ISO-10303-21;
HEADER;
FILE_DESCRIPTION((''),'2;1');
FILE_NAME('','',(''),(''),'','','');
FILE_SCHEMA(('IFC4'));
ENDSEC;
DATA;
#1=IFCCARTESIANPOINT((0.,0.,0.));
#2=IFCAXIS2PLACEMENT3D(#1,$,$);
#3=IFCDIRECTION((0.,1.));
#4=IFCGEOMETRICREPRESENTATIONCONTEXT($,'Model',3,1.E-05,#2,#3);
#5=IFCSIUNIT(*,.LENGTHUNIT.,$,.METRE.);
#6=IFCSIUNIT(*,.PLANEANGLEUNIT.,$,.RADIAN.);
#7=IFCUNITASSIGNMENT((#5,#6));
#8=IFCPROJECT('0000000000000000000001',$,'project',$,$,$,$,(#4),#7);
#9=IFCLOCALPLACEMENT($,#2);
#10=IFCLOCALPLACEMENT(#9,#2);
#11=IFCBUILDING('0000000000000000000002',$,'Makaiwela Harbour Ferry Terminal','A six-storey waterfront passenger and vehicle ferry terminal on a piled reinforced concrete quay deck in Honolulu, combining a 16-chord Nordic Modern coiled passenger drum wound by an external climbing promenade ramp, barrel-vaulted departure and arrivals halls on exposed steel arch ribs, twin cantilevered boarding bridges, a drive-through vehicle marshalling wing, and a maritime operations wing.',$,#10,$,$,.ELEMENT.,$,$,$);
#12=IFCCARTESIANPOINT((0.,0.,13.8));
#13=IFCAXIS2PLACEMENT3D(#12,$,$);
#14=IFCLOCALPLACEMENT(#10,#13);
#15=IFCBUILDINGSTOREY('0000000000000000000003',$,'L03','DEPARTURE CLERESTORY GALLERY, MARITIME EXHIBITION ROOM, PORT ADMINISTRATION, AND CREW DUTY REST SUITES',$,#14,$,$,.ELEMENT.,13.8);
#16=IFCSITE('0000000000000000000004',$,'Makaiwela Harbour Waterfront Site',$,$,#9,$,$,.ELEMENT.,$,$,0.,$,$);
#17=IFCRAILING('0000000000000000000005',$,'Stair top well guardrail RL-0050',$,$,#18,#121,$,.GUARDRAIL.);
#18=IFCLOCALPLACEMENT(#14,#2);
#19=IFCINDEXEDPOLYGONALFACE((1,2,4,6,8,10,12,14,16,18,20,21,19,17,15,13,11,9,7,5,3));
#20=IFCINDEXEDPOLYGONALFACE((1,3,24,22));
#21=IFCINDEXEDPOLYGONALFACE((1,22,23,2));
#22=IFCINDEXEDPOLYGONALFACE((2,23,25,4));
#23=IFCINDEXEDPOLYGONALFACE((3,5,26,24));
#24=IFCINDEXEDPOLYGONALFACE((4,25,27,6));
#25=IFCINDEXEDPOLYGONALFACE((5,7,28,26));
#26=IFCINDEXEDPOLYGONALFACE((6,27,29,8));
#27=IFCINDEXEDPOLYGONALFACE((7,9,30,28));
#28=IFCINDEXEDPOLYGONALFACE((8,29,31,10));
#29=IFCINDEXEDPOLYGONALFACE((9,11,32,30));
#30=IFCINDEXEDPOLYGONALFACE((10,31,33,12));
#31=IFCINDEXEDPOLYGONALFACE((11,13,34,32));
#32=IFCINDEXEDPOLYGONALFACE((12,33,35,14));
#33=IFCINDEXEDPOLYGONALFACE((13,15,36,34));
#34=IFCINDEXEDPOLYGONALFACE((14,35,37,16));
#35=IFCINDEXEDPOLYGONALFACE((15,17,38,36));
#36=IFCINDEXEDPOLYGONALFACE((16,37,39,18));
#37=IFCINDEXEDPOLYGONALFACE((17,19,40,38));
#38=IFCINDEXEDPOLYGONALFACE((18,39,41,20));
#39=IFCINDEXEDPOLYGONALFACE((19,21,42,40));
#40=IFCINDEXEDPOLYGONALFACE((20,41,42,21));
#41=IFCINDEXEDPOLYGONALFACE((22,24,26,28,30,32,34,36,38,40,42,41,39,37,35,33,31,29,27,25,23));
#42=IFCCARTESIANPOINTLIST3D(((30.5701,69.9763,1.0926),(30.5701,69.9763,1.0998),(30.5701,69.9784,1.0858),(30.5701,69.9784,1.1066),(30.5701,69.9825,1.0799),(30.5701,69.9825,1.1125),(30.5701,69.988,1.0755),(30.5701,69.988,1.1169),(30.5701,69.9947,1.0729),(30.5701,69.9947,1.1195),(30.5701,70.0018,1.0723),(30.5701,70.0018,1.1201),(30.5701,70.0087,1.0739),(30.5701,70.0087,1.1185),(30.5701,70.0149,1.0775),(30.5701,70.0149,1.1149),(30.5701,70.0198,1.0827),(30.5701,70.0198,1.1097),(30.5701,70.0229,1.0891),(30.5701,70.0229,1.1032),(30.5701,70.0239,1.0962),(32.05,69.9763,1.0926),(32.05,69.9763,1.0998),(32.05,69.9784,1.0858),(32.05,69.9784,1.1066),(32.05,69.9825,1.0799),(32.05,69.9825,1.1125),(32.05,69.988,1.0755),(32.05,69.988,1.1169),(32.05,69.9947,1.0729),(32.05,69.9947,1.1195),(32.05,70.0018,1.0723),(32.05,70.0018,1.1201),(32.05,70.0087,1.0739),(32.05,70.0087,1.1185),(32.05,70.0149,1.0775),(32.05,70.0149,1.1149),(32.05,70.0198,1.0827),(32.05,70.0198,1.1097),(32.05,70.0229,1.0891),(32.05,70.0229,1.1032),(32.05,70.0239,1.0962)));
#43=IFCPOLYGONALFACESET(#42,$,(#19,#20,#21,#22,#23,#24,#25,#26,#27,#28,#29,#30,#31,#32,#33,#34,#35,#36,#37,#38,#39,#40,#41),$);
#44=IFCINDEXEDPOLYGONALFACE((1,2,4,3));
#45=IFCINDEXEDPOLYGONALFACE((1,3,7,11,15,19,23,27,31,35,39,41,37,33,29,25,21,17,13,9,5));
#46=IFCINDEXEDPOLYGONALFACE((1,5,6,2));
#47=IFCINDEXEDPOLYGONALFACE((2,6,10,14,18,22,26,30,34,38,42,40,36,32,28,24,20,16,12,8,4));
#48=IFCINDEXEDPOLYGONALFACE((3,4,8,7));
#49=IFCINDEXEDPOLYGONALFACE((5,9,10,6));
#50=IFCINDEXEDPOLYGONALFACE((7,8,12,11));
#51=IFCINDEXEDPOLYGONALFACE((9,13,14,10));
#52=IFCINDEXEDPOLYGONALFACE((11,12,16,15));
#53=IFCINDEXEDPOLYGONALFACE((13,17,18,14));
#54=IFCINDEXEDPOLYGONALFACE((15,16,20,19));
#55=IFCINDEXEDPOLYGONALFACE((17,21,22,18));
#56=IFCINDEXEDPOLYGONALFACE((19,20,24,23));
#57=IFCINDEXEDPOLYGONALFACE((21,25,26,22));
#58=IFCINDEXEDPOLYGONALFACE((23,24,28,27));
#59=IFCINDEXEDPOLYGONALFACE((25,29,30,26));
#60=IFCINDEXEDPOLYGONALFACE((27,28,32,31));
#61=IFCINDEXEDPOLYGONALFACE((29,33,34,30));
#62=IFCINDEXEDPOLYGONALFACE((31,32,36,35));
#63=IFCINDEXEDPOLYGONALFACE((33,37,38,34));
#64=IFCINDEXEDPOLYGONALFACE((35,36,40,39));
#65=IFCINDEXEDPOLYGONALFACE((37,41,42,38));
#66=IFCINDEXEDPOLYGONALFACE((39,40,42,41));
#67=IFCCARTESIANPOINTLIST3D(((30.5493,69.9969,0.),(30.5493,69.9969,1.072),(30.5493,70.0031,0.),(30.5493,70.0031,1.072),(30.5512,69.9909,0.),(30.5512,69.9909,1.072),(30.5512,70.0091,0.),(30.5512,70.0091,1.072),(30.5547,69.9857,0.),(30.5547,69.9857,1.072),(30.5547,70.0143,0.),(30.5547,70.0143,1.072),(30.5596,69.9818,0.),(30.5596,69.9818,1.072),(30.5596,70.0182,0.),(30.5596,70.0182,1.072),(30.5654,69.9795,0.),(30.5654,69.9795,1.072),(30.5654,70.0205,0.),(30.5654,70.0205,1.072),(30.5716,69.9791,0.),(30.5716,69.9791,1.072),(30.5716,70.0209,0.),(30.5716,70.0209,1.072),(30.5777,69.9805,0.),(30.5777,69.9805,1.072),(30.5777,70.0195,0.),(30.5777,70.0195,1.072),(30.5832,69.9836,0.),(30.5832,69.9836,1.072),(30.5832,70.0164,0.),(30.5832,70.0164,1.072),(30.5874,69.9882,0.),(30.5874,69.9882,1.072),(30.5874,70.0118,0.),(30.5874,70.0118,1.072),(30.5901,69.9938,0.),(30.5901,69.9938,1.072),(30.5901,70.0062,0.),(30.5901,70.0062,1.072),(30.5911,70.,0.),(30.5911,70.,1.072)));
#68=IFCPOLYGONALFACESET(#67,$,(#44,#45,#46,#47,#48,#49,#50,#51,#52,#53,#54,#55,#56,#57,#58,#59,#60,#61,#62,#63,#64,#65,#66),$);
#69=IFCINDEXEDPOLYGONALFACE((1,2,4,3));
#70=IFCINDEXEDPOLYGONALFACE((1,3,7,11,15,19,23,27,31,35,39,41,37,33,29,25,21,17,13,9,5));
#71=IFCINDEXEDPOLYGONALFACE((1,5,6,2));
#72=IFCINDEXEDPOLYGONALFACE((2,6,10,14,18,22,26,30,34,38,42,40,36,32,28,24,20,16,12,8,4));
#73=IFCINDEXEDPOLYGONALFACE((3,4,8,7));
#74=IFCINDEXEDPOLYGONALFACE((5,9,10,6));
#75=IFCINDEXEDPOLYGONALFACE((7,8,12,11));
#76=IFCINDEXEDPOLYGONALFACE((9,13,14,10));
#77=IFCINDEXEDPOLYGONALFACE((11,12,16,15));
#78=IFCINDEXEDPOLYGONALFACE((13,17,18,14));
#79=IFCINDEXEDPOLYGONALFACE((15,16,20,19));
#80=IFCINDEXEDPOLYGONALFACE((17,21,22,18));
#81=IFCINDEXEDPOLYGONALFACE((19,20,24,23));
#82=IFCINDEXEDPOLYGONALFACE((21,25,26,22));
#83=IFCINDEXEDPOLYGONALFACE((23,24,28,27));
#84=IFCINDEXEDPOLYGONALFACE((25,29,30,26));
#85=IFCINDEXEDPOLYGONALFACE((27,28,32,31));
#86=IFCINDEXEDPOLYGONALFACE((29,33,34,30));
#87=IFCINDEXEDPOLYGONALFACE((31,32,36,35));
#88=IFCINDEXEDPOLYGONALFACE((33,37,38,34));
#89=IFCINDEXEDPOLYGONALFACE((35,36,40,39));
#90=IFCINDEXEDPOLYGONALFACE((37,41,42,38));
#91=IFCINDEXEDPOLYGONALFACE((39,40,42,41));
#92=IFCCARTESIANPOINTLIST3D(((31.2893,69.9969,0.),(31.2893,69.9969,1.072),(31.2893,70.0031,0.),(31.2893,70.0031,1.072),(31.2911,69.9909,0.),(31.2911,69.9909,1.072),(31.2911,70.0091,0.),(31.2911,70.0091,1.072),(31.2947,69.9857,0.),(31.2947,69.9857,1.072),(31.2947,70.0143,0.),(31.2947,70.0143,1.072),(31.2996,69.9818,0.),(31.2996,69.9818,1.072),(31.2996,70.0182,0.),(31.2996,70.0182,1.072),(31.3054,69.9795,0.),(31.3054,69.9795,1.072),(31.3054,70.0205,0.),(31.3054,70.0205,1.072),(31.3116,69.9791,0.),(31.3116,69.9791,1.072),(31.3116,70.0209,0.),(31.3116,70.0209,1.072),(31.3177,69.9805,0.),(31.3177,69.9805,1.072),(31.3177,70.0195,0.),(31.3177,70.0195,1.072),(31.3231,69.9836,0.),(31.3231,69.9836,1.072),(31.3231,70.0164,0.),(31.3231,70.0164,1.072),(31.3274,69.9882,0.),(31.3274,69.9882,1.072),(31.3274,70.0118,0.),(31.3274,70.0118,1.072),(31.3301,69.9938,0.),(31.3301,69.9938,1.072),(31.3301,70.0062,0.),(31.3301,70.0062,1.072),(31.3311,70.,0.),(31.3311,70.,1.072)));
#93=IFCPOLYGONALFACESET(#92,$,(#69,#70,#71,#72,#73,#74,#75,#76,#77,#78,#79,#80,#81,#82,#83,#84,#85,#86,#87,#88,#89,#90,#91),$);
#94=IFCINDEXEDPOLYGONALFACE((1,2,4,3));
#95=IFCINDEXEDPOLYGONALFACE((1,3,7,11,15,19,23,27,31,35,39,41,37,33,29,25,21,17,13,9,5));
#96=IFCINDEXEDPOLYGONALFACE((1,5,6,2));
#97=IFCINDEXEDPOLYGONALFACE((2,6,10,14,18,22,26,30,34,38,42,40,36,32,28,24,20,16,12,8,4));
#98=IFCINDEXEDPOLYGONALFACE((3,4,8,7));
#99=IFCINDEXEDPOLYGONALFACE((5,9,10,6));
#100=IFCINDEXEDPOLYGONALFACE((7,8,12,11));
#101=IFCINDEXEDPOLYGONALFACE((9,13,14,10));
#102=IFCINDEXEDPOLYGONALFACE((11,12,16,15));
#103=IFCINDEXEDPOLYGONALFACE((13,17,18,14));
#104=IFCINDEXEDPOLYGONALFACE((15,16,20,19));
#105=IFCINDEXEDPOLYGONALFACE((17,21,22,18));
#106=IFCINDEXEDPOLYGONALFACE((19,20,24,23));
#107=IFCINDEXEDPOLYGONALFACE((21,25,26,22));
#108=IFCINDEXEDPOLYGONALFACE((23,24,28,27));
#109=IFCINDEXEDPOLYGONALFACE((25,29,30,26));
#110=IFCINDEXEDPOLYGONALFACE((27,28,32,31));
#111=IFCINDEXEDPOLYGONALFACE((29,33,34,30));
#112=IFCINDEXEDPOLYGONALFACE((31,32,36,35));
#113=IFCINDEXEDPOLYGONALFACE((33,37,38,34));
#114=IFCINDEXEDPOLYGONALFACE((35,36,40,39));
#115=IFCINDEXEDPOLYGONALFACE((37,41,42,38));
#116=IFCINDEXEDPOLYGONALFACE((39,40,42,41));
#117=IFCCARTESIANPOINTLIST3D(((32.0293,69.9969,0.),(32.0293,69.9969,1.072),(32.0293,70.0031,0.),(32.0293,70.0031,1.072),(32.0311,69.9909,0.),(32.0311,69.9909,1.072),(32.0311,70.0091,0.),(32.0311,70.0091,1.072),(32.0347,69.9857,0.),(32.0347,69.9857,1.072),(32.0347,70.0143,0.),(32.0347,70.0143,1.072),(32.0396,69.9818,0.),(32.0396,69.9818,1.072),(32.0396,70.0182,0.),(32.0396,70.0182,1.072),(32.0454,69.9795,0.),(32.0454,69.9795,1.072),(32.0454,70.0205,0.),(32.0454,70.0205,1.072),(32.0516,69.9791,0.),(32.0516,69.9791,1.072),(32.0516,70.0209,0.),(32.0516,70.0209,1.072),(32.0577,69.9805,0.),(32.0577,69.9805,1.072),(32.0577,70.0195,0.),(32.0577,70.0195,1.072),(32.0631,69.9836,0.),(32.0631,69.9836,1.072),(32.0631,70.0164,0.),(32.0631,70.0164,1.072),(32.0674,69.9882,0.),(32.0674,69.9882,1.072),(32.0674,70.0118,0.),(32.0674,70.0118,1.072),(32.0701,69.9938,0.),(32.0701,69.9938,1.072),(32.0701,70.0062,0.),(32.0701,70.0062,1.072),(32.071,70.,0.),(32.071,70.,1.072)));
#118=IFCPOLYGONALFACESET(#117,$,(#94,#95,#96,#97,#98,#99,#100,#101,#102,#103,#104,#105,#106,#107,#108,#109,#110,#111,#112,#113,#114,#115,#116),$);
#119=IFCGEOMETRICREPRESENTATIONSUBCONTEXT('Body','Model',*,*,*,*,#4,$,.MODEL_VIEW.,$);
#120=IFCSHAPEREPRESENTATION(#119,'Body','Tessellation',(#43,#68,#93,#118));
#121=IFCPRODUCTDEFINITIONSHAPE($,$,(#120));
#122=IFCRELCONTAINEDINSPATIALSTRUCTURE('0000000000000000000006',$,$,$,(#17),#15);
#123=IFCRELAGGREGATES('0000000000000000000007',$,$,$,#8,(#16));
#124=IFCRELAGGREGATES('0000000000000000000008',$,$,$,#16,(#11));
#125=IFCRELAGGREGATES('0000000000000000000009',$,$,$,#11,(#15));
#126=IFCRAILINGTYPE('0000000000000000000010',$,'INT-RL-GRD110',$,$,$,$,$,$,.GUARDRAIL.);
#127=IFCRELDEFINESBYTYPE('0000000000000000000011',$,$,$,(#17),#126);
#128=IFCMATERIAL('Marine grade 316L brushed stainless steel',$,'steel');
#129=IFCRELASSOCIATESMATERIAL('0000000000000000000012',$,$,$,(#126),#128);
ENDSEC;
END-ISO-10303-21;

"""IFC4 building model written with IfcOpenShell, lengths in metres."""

from ifc_helpers import new_model, si_unit, direction, frame, origin, origin_2d, place, context, subcontext, project, spatial, circle, extrude, material, type_object, element, save


model = new_model("IFC4")

# Units and contexts
model_context = context("Model", 3, precision=1e-05, world=origin(), true_north=direction((0.0, 1.0)))
body_context = subcontext(model_context, "Body", "Model", "MODEL_VIEW")
ifc_project = project(units=[si_unit("LENGTHUNIT", "METRE"), si_unit("PLANEANGLEUNIT", "RADIAN")], contexts=[model_context])

# Site, building, storey
site_placement = place(None, origin())
site = spatial("IfcSite", under=ifc_project, at=site_placement, Name="Makaiwela Harbour Waterfront Site", CompositionType="ELEMENT", RefElevation=0.0)
building_placement = place(site_placement, origin())
building = spatial("IfcBuilding", under=site, at=building_placement, Name="Makaiwela Harbour Ferry Terminal", Description="A six-storey waterfront passenger and vehicle ferry terminal on a piled reinforced concrete quay deck in Honolulu, combining a 16-chord Nordic Modern coiled passenger drum wound by an external climbing promenade ramp, barrel-vaulted departure and arrivals halls on exposed steel arch ribs, twin cantilevered boarding bridges, a drive-through vehicle marshalling wing, and a maritime operations wing.", CompositionType="ELEMENT")
storey_placement = place(building_placement, frame((0.0, 0.0, 13.8)))
storey = spatial("IfcBuildingStorey", under=building, at=storey_placement, Name="L03", Description="DEPARTURE CLERESTORY GALLERY, MARITIME EXHIBITION ROOM, PORT ADMINISTRATION, AND CREW DUTY REST SUITES", CompositionType="ELEMENT", Elevation=13.8)

# Shared definitions
ifc_material_1 = material(Name="Marine grade 316L brushed stainless steel", Category="steel")

# Railing
railing_type_1 = type_object("IfcRailingType", Name="INT-RL-GRD110", PredefinedType="GUARDRAIL", material=ifc_material_1)
railing_1_placement = place(storey_placement, frame((30.5701, 70.0, 0.0)))
element("IfcRailing", 1, at=railing_1_placement, inside=storey, type_object=railing_type_1, Name="Stair top well guardrail RL-0050", PredefinedType="GUARDRAIL", context=body_context, shape_type="SweptSolid", body=[
    extrude(circle(Radius=0.0239, at=origin_2d()), frame((0.0, 0.0, 1.0962), z_axis=(1.0, 0.0, 0.0), x_axis=(0.0, 1.0, 0.0)), (0.0, 0.0, 1.0), 1.48),
    extrude(circle(Radius=0.021, at=origin_2d()), origin(), (0.0, 0.0, 1.0), 1.072),
    extrude(circle(Radius=0.021, at=origin_2d()), frame((0.74, 0.0, 0.0)), (0.0, 0.0, 1.0), 1.072),
    extrude(circle(Radius=0.021, at=origin_2d()), frame((1.48, 0.0, 0.0)), (0.0, 0.0, 1.0), 1.072),
])

save(model, "model.ifc")
